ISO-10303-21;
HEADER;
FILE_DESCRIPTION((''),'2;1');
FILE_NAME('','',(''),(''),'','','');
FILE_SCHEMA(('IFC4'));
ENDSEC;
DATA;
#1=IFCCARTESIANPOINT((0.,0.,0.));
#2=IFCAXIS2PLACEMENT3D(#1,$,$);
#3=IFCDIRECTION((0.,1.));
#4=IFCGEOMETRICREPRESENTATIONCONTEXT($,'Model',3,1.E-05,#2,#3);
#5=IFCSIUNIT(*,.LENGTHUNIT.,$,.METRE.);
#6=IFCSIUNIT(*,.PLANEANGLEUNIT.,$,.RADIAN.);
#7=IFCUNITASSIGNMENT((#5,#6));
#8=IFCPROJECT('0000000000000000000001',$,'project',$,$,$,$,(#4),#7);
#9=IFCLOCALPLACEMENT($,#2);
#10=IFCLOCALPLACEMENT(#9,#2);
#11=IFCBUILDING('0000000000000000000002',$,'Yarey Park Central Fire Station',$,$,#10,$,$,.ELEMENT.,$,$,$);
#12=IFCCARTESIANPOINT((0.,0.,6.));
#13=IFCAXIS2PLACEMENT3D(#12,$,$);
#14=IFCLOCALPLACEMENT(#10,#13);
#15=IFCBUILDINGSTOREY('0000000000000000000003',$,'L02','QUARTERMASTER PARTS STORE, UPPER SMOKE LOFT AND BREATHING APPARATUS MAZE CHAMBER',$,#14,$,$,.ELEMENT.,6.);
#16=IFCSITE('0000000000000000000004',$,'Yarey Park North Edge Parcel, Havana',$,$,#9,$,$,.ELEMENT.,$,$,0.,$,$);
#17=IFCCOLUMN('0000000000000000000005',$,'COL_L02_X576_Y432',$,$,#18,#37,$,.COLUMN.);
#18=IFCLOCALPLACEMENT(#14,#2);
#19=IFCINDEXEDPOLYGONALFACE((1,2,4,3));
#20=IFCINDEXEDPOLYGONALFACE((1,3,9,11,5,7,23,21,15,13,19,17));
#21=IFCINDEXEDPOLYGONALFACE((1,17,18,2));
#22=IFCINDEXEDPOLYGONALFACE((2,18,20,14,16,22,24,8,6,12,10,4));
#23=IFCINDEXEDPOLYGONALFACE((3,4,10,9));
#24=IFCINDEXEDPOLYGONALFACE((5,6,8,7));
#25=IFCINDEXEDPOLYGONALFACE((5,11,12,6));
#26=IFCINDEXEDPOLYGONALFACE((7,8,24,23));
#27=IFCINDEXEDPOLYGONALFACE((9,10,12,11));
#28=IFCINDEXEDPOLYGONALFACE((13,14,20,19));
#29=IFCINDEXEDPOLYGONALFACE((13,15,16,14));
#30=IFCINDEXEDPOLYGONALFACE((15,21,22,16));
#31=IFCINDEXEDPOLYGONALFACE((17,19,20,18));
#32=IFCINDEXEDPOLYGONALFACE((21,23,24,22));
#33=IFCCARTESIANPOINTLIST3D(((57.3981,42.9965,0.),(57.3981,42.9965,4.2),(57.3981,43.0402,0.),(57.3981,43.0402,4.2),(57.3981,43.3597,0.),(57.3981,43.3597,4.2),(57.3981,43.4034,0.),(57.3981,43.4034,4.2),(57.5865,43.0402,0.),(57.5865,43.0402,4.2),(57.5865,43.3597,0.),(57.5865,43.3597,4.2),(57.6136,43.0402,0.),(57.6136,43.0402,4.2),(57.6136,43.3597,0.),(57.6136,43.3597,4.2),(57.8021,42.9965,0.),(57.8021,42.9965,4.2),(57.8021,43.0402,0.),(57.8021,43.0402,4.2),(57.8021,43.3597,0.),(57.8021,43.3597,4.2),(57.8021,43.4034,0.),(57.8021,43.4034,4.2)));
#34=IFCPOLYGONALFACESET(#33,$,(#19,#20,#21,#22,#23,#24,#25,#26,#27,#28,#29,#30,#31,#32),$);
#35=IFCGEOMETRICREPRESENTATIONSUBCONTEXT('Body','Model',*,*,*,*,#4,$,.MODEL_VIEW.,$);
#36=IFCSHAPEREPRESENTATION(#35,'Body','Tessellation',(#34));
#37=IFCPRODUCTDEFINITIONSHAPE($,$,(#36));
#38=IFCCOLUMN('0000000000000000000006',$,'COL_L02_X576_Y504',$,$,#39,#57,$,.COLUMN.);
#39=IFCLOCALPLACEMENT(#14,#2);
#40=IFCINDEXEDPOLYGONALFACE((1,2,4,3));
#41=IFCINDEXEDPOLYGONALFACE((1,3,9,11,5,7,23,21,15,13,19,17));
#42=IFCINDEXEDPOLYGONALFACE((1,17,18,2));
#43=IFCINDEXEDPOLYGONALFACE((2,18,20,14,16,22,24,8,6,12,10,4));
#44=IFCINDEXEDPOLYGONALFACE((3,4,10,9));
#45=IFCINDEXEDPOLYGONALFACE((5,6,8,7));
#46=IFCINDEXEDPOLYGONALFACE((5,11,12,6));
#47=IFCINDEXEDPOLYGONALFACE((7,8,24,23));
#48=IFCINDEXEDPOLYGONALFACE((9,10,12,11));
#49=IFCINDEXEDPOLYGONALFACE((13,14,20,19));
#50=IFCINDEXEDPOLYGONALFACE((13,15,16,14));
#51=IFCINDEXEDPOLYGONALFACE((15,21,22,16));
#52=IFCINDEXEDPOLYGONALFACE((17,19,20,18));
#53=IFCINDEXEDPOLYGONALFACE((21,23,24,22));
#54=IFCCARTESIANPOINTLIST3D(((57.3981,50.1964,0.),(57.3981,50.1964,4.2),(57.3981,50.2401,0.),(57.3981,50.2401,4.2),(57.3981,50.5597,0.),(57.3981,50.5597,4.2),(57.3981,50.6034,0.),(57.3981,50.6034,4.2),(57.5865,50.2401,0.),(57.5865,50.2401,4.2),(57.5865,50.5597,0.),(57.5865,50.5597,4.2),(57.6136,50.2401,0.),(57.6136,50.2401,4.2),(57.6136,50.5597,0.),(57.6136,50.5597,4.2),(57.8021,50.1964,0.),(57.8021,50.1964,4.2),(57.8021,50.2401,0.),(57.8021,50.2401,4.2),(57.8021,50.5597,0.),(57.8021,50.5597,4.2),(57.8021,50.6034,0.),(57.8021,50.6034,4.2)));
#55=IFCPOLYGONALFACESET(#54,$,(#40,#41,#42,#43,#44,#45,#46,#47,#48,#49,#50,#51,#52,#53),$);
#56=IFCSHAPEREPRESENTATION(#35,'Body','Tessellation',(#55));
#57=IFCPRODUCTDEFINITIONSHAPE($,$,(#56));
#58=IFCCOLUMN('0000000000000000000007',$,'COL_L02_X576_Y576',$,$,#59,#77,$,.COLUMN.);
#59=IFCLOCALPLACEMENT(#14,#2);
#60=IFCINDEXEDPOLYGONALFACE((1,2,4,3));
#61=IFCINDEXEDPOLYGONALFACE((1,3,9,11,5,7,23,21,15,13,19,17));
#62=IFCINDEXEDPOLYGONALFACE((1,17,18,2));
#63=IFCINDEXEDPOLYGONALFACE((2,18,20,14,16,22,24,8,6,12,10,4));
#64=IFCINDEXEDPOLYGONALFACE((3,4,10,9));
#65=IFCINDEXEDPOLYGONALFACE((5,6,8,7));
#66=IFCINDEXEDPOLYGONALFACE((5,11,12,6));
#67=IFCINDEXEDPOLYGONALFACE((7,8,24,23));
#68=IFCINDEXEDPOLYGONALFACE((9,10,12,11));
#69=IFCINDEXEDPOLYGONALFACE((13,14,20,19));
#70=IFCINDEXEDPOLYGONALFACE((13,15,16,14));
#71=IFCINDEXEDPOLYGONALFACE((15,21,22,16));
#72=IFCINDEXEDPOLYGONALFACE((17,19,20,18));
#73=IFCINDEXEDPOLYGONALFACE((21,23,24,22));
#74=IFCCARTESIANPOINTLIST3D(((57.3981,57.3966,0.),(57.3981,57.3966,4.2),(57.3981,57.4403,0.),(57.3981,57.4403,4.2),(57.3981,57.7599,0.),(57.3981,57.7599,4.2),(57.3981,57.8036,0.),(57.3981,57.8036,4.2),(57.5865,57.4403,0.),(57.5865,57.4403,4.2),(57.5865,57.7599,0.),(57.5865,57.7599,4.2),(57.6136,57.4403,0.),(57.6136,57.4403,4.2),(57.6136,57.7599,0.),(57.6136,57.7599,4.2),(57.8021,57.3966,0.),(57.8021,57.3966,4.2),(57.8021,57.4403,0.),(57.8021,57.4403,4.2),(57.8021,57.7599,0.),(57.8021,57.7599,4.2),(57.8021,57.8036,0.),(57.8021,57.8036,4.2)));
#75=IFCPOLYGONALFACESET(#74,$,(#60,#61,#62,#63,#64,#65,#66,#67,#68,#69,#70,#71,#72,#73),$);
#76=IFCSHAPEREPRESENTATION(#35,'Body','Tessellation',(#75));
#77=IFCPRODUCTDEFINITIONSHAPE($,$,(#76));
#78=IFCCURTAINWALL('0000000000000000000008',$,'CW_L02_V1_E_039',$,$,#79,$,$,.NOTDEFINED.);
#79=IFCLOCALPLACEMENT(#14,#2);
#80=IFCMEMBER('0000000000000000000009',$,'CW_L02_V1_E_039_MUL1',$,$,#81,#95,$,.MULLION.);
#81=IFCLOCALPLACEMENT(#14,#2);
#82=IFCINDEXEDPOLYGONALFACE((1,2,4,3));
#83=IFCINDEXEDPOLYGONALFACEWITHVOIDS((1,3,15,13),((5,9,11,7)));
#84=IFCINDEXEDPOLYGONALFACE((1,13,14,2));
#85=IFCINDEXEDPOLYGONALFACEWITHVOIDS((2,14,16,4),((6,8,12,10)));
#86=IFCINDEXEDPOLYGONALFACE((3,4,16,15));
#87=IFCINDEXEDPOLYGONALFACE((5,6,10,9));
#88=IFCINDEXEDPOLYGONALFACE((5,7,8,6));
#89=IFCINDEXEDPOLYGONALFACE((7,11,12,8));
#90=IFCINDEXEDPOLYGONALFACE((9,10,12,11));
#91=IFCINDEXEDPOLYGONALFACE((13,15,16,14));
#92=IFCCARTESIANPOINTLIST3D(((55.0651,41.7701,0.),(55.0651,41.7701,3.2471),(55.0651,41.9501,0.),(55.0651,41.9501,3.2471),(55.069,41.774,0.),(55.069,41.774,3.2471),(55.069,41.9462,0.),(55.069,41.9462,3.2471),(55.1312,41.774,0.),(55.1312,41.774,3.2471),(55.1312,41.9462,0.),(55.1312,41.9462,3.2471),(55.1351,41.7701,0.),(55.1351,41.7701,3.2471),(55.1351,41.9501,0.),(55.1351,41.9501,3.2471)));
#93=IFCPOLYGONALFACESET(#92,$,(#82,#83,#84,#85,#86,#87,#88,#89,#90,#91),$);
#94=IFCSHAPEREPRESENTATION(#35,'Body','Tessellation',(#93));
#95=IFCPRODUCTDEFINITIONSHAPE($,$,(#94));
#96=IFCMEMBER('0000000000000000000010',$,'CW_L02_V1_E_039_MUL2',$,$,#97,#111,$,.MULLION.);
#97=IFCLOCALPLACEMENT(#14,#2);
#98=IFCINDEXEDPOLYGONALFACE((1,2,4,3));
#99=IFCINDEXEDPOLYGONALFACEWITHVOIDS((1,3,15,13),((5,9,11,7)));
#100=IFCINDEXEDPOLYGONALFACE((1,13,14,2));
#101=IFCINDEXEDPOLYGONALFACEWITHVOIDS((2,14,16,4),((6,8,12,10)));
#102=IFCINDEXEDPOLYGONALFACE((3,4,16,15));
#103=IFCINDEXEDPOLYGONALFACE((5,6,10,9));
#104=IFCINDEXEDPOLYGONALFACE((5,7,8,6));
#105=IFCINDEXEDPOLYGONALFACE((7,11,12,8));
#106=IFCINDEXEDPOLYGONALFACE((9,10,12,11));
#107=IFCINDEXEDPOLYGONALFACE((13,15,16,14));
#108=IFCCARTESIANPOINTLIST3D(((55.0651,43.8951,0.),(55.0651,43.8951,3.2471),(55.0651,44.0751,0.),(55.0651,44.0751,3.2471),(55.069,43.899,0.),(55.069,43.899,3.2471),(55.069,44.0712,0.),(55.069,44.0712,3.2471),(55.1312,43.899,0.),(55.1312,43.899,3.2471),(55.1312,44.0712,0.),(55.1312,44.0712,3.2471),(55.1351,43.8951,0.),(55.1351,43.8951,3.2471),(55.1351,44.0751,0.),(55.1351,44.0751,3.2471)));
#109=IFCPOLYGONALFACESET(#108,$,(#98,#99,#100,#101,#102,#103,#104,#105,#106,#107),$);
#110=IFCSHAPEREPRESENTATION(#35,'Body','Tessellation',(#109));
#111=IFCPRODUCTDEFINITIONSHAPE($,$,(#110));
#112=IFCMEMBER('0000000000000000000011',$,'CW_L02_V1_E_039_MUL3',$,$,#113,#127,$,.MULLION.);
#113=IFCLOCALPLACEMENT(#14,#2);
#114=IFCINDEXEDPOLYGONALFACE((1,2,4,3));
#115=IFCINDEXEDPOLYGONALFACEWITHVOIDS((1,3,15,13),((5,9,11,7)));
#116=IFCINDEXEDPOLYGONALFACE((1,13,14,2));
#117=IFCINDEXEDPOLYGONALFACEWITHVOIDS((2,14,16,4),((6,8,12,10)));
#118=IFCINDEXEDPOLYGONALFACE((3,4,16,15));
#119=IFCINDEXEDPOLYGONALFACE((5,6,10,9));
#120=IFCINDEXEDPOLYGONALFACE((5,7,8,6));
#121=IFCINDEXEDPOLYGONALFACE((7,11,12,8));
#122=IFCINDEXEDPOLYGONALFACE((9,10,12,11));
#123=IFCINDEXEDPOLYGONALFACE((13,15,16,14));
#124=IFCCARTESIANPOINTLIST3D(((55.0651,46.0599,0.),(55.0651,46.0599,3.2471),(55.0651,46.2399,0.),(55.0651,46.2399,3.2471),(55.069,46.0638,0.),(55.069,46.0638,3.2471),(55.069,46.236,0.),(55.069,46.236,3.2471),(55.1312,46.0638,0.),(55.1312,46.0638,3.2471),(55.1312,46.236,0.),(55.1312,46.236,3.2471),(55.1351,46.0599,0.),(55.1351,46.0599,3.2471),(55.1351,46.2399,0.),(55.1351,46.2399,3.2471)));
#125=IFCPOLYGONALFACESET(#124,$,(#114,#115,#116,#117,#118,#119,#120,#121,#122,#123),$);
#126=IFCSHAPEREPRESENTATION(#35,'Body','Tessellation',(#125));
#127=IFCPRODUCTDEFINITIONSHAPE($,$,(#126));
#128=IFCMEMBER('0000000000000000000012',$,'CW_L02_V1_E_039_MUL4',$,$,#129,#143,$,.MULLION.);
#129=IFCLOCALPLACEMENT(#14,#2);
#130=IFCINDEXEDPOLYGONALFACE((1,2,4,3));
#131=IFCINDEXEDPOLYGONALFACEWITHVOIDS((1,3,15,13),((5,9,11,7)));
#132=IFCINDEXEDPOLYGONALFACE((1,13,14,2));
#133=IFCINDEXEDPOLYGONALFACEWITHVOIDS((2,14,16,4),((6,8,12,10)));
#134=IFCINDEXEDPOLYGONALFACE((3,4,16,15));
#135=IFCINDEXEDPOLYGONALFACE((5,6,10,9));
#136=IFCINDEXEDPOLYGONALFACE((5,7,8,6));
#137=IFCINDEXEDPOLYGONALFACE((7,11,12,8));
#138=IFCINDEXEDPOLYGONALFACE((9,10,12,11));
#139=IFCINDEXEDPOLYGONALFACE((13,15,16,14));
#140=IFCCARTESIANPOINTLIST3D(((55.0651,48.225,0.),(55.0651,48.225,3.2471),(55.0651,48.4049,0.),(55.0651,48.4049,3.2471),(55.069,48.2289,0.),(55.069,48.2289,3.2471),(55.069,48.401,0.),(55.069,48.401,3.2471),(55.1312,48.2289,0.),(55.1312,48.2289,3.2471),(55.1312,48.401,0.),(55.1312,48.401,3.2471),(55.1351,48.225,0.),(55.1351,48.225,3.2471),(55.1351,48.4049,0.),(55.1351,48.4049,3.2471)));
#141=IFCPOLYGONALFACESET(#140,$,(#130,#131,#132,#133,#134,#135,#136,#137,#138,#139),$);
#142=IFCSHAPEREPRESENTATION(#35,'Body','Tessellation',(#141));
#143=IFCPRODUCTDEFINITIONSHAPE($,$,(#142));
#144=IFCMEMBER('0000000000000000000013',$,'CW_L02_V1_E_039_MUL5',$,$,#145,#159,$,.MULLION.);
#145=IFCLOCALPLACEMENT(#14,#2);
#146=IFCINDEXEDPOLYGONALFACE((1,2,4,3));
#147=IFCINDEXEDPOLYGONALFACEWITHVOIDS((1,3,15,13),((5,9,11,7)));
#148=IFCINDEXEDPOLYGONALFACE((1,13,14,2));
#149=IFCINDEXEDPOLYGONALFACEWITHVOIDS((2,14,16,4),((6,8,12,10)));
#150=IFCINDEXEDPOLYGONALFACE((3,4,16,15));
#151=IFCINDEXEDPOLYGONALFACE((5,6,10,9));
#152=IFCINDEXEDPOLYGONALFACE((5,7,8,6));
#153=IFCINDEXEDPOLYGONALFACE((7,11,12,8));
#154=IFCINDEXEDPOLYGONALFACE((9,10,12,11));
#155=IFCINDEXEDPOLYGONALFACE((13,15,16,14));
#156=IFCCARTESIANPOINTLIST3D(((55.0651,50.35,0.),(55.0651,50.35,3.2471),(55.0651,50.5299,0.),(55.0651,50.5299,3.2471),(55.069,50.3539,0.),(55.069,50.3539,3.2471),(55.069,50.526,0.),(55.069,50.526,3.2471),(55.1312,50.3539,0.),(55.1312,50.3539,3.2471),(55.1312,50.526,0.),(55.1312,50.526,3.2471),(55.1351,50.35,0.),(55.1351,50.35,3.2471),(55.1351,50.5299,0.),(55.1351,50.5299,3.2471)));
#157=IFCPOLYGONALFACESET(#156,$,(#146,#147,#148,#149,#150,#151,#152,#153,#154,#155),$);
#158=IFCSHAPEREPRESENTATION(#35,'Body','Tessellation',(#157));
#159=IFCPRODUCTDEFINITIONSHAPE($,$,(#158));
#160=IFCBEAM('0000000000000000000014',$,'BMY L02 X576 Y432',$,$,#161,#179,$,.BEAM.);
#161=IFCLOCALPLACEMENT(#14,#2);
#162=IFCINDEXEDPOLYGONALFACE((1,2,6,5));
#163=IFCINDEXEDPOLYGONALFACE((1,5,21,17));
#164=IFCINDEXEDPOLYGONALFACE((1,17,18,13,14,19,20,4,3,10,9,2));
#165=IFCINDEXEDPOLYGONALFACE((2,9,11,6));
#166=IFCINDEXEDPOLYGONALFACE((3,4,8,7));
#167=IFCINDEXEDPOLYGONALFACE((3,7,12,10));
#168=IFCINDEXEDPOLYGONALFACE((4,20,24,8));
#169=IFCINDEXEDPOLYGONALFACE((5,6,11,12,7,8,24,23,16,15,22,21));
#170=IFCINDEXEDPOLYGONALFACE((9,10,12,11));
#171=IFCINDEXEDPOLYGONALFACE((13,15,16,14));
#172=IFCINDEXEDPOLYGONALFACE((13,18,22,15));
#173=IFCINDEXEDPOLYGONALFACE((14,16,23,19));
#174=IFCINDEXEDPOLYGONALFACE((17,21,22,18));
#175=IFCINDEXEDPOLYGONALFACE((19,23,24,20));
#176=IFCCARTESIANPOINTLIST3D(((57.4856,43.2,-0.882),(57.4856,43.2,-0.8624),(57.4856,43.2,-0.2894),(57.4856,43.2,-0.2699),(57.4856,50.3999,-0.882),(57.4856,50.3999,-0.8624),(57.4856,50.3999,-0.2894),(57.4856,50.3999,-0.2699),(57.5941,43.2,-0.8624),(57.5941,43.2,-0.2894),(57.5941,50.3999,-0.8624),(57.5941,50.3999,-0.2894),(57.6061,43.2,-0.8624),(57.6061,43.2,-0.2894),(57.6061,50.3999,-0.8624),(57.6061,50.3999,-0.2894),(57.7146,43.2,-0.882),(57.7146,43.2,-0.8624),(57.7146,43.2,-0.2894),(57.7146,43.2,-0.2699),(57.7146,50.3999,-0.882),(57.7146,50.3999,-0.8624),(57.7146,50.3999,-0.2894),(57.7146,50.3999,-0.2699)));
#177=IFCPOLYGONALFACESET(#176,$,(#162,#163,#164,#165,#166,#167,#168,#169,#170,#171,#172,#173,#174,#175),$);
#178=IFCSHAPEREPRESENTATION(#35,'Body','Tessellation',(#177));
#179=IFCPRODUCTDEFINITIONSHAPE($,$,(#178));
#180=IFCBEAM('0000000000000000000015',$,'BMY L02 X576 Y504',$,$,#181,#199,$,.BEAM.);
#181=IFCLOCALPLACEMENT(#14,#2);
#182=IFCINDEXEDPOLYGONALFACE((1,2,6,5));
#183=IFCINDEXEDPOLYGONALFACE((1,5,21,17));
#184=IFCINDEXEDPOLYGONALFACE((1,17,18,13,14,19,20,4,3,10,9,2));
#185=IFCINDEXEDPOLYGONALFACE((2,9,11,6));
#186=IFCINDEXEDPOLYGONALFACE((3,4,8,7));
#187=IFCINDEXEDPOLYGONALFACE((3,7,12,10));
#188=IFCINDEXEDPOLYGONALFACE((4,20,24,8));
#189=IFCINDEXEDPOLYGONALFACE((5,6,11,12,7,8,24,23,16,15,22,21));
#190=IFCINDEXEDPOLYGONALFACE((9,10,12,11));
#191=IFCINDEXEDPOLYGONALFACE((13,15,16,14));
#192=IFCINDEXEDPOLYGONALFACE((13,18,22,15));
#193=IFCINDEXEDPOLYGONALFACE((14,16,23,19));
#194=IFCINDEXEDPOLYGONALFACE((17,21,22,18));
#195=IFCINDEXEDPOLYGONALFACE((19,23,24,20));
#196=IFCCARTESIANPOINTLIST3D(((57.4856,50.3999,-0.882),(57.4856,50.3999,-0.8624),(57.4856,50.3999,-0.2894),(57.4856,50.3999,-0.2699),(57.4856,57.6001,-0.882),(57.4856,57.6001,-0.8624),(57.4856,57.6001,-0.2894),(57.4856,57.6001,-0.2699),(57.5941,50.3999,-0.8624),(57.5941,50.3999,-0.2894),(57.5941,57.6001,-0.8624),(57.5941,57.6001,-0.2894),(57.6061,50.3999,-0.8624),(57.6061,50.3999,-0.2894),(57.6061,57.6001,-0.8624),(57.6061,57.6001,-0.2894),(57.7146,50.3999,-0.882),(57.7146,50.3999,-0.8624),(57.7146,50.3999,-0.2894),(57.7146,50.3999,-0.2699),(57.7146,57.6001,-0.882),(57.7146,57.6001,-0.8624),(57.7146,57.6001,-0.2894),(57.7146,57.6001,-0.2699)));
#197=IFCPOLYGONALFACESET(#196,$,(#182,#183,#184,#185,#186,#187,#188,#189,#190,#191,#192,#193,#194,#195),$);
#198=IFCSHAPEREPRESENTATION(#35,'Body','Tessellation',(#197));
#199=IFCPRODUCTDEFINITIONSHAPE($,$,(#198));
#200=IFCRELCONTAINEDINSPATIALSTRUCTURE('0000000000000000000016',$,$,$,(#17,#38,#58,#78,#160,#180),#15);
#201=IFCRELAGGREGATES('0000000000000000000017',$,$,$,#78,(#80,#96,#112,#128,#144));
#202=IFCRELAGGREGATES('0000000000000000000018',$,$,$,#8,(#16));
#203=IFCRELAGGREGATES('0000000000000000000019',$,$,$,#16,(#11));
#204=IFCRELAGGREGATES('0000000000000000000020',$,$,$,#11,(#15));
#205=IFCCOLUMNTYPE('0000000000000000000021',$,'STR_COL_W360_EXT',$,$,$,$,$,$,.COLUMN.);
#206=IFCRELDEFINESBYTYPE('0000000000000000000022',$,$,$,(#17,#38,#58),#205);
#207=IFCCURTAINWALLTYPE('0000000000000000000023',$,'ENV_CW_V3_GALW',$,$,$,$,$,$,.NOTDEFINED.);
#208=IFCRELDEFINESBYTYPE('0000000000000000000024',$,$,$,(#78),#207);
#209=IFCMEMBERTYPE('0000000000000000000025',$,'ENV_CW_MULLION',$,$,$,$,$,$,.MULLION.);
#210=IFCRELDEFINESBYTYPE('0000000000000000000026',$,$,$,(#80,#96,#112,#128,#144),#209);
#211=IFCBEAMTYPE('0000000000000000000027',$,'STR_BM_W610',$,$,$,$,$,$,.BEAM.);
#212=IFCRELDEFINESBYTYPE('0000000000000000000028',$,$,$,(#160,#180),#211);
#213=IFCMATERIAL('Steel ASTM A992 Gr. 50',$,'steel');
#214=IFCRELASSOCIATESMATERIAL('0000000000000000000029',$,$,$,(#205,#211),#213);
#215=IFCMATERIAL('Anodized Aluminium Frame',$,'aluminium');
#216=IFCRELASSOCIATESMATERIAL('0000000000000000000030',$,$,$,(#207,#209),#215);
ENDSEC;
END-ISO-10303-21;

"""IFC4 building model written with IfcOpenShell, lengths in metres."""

from ifc_helpers import new_model, si_unit, direction, frame, origin, origin_2d, place, context, subcontext, project, spatial, hollow_rectangle, i_section, extrude, material, material_profile, profile_set, type_object, element, aggregate, save


model = new_model("IFC4")

# Units and contexts
model_context = context("Model", 3, precision=1e-05, world=origin(), true_north=direction((0.0, 1.0)))
body_context = subcontext(model_context, "Body", "Model", "MODEL_VIEW")
ifc_project = project(units=[si_unit("LENGTHUNIT", "METRE"), si_unit("PLANEANGLEUNIT", "RADIAN")], contexts=[model_context])

# Site, building, storey
site_placement = place(None, origin())
site = spatial("IfcSite", under=ifc_project, at=site_placement, Name="Yarey Park North Edge Parcel, Havana", CompositionType="ELEMENT", RefElevation=0.0)
building_placement = place(site_placement, origin())
building = spatial("IfcBuilding", under=site, at=building_placement, Name="Yarey Park Central Fire Station", CompositionType="ELEMENT")
storey_placement = place(building_placement, frame((0.0, 0.0, 6.0)))
storey = spatial("IfcBuildingStorey", under=building, at=storey_placement, Name="L02", Description="QUARTERMASTER PARTS STORE, UPPER SMOKE LOFT AND BREATHING APPARATUS MAZE CHAMBER", CompositionType="ELEMENT", Elevation=6.0)

# Columns
ifc_material_1 = material(Name="Steel ASTM A992 Gr. 50", Category="steel")
ifc_material_profile_1 = material_profile(ifc_material_1, i_section(OverallWidth=0.4041, OverallDepth=0.407, WebThickness=0.0271, FlangeThickness=0.0437, at=origin_2d()), Name="W360x347")
ifc_profile_set_1 = profile_set([ifc_material_profile_1], Name="Steel ASTM A992 Gr. 50")
column_type = type_object("IfcColumnType", Name="STR_COL_W360_EXT", PredefinedType="COLUMN", material=ifc_profile_set_1)
for number, where, z_axis, x_axis, name in (
    (1, (57.6001, 43.2, 0.0), (0.0, 0.0, 1.0), (1.0, 0.0, 0.0), "COL_L02_X576_Y432"),
    (2, (57.6001, 50.3999, 0.0), (0.0, 0.0, 1.0), (1.0, 0.0, 0.0), "COL_L02_X576_Y504"),
    (3, (57.6001, 57.6001, 0.0), (0.0, 0.0, 1.0), (1.0, 0.0, 0.0), "COL_L02_X576_Y576"),
):
    element("IfcColumn", number, at=place(storey_placement, frame(where, z_axis=z_axis, x_axis=x_axis)), inside=storey, type_object=column_type, Name=name, PredefinedType="COLUMN", context=body_context, shape_type="SweptSolid", body=[
        extrude(i_section(OverallWidth=0.4041, OverallDepth=0.407, WebThickness=0.0271, FlangeThickness=0.0437, at=origin_2d()), origin(), (0.0, 0.0, 1.0), 4.2),
    ])

# Curtain wall, members
ifc_material_2 = material(Name="Anodized Aluminium Frame", Category="aluminium")
curtain_wall_type = type_object("IfcCurtainWallType", Name="ENV_CW_V3_GALW", PredefinedType="NOTDEFINED", material=ifc_material_2)
curtain_wall_placement = place(storey_placement, origin())
curtain_wall = element("IfcCurtainWall", 4, at=curtain_wall_placement, inside=storey, type_object=curtain_wall_type, Name="CW_L02_V1_E_039", PredefinedType="NOTDEFINED")
ifc_material_profile_2 = material_profile(ifc_material_2, hollow_rectangle(XDim=0.0701, YDim=0.1799, WallThickness=0.0039, at=origin_2d()), Name="ALU 180x70x4")
ifc_profile_set_2 = profile_set([ifc_material_profile_2], Name="Anodized Aluminium Frame")
member_type_1 = type_object("IfcMemberType", Name="ENV_CW_MULLION", PredefinedType="MULLION", material=ifc_profile_set_2)
member_1_placement = place(storey_placement, frame((55.1001, 41.8601, 0.0), z_axis=(0.0, 0.0, 1.0), x_axis=(1.0, 0.0, 0.0)))
member_1 = element("IfcMember", 5, at=member_1_placement, type_object=member_type_1, Name="CW_L02_V1_E_039_MUL1", PredefinedType="MULLION", context=body_context, shape_type="SweptSolid", body=[
    extrude(hollow_rectangle(XDim=0.0701, YDim=0.1799, WallThickness=0.0039, at=origin_2d()), origin(), (0.0, 0.0, 1.0), 3.2471),
])
member_2_placement = place(storey_placement, frame((55.1001, 43.9851, 0.0), z_axis=(0.0, 0.0, 1.0), x_axis=(1.0, 0.0, 0.0)))
member_2 = element("IfcMember", 6, at=member_2_placement, type_object=member_type_1, Name="CW_L02_V1_E_039_MUL2", PredefinedType="MULLION", context=body_context, shape_type="SweptSolid", body=[
    extrude(hollow_rectangle(XDim=0.0701, YDim=0.1799, WallThickness=0.0039, at=origin_2d()), origin(), (0.0, 0.0, 1.0), 3.2471),
])
member_3_placement = place(storey_placement, frame((55.1001, 46.1499, 0.0), z_axis=(0.0, 0.0, 1.0), x_axis=(1.0, 0.0, 0.0)))
member_3 = element("IfcMember", 7, at=member_3_placement, type_object=member_type_1, Name="CW_L02_V1_E_039_MUL3", PredefinedType="MULLION", context=body_context, shape_type="SweptSolid", body=[
    extrude(hollow_rectangle(XDim=0.0701, YDim=0.1799, WallThickness=0.0039, at=origin_2d()), origin(), (0.0, 0.0, 1.0), 3.2471),
])
member_4_placement = place(storey_placement, frame((55.1001, 48.3149, 0.0), z_axis=(0.0, 0.0, 1.0), x_axis=(1.0, 0.0, 0.0)))
member_4 = element("IfcMember", 8, at=member_4_placement, type_object=member_type_1, Name="CW_L02_V1_E_039_MUL4", PredefinedType="MULLION", context=body_context, shape_type="SweptSolid", body=[
    extrude(hollow_rectangle(XDim=0.0701, YDim=0.1799, WallThickness=0.0039, at=origin_2d()), origin(), (0.0, 0.0, 1.0), 3.2471),
])
member_5_placement = place(storey_placement, frame((55.1001, 50.4399, 0.0), z_axis=(0.0, 0.0, 1.0), x_axis=(1.0, 0.0, 0.0)))
member_5 = element("IfcMember", 9, at=member_5_placement, type_object=member_type_1, Name="CW_L02_V1_E_039_MUL5", PredefinedType="MULLION", context=body_context, shape_type="SweptSolid", body=[
    extrude(hollow_rectangle(XDim=0.0701, YDim=0.1799, WallThickness=0.0039, at=origin_2d()), origin(), (0.0, 0.0, 1.0), 3.2471),
])

# Beams
ifc_material_profile_3 = material_profile(ifc_material_1, i_section(OverallWidth=0.229, OverallDepth=0.6121, WebThickness=0.012, FlangeThickness=0.0195, at=origin_2d()), Name="W610x125")
ifc_profile_set_3 = profile_set([ifc_material_profile_3], Name="Steel ASTM A992 Gr. 50")
beam_type_1 = type_object("IfcBeamType", Name="STR_BM_W610", PredefinedType="BEAM", material=ifc_profile_set_3)
beam_1_placement = place(storey_placement, frame((57.6001, 43.2, -0.5759), z_axis=(0.0, 1.0, 0.0), x_axis=(-1.0, 0.0, 0.0)))
element("IfcBeam", 10, at=beam_1_placement, inside=storey, type_object=beam_type_1, Name="BMY L02 X576 Y432", PredefinedType="BEAM", context=body_context, shape_type="SweptSolid", body=[
    extrude(i_section(OverallWidth=0.229, OverallDepth=0.6121, WebThickness=0.012, FlangeThickness=0.0195, at=origin_2d()), origin(), (0.0, 0.0, 1.0), 7.2),
])
beam_2_placement = place(storey_placement, frame((57.6001, 50.3999, -0.5759), z_axis=(0.0, 1.0, 0.0), x_axis=(-1.0, 0.0, 0.0)))
element("IfcBeam", 11, at=beam_2_placement, inside=storey, type_object=beam_type_1, Name="BMY L02 X576 Y504", PredefinedType="BEAM", context=body_context, shape_type="SweptSolid", body=[
    extrude(i_section(OverallWidth=0.229, OverallDepth=0.6121, WebThickness=0.012, FlangeThickness=0.0195, at=origin_2d()), origin(), (0.0, 0.0, 1.0), 7.2002),
])

aggregate(curtain_wall, [member_1, member_2, member_3, member_4, member_5])

save(model, "model.ifc")
